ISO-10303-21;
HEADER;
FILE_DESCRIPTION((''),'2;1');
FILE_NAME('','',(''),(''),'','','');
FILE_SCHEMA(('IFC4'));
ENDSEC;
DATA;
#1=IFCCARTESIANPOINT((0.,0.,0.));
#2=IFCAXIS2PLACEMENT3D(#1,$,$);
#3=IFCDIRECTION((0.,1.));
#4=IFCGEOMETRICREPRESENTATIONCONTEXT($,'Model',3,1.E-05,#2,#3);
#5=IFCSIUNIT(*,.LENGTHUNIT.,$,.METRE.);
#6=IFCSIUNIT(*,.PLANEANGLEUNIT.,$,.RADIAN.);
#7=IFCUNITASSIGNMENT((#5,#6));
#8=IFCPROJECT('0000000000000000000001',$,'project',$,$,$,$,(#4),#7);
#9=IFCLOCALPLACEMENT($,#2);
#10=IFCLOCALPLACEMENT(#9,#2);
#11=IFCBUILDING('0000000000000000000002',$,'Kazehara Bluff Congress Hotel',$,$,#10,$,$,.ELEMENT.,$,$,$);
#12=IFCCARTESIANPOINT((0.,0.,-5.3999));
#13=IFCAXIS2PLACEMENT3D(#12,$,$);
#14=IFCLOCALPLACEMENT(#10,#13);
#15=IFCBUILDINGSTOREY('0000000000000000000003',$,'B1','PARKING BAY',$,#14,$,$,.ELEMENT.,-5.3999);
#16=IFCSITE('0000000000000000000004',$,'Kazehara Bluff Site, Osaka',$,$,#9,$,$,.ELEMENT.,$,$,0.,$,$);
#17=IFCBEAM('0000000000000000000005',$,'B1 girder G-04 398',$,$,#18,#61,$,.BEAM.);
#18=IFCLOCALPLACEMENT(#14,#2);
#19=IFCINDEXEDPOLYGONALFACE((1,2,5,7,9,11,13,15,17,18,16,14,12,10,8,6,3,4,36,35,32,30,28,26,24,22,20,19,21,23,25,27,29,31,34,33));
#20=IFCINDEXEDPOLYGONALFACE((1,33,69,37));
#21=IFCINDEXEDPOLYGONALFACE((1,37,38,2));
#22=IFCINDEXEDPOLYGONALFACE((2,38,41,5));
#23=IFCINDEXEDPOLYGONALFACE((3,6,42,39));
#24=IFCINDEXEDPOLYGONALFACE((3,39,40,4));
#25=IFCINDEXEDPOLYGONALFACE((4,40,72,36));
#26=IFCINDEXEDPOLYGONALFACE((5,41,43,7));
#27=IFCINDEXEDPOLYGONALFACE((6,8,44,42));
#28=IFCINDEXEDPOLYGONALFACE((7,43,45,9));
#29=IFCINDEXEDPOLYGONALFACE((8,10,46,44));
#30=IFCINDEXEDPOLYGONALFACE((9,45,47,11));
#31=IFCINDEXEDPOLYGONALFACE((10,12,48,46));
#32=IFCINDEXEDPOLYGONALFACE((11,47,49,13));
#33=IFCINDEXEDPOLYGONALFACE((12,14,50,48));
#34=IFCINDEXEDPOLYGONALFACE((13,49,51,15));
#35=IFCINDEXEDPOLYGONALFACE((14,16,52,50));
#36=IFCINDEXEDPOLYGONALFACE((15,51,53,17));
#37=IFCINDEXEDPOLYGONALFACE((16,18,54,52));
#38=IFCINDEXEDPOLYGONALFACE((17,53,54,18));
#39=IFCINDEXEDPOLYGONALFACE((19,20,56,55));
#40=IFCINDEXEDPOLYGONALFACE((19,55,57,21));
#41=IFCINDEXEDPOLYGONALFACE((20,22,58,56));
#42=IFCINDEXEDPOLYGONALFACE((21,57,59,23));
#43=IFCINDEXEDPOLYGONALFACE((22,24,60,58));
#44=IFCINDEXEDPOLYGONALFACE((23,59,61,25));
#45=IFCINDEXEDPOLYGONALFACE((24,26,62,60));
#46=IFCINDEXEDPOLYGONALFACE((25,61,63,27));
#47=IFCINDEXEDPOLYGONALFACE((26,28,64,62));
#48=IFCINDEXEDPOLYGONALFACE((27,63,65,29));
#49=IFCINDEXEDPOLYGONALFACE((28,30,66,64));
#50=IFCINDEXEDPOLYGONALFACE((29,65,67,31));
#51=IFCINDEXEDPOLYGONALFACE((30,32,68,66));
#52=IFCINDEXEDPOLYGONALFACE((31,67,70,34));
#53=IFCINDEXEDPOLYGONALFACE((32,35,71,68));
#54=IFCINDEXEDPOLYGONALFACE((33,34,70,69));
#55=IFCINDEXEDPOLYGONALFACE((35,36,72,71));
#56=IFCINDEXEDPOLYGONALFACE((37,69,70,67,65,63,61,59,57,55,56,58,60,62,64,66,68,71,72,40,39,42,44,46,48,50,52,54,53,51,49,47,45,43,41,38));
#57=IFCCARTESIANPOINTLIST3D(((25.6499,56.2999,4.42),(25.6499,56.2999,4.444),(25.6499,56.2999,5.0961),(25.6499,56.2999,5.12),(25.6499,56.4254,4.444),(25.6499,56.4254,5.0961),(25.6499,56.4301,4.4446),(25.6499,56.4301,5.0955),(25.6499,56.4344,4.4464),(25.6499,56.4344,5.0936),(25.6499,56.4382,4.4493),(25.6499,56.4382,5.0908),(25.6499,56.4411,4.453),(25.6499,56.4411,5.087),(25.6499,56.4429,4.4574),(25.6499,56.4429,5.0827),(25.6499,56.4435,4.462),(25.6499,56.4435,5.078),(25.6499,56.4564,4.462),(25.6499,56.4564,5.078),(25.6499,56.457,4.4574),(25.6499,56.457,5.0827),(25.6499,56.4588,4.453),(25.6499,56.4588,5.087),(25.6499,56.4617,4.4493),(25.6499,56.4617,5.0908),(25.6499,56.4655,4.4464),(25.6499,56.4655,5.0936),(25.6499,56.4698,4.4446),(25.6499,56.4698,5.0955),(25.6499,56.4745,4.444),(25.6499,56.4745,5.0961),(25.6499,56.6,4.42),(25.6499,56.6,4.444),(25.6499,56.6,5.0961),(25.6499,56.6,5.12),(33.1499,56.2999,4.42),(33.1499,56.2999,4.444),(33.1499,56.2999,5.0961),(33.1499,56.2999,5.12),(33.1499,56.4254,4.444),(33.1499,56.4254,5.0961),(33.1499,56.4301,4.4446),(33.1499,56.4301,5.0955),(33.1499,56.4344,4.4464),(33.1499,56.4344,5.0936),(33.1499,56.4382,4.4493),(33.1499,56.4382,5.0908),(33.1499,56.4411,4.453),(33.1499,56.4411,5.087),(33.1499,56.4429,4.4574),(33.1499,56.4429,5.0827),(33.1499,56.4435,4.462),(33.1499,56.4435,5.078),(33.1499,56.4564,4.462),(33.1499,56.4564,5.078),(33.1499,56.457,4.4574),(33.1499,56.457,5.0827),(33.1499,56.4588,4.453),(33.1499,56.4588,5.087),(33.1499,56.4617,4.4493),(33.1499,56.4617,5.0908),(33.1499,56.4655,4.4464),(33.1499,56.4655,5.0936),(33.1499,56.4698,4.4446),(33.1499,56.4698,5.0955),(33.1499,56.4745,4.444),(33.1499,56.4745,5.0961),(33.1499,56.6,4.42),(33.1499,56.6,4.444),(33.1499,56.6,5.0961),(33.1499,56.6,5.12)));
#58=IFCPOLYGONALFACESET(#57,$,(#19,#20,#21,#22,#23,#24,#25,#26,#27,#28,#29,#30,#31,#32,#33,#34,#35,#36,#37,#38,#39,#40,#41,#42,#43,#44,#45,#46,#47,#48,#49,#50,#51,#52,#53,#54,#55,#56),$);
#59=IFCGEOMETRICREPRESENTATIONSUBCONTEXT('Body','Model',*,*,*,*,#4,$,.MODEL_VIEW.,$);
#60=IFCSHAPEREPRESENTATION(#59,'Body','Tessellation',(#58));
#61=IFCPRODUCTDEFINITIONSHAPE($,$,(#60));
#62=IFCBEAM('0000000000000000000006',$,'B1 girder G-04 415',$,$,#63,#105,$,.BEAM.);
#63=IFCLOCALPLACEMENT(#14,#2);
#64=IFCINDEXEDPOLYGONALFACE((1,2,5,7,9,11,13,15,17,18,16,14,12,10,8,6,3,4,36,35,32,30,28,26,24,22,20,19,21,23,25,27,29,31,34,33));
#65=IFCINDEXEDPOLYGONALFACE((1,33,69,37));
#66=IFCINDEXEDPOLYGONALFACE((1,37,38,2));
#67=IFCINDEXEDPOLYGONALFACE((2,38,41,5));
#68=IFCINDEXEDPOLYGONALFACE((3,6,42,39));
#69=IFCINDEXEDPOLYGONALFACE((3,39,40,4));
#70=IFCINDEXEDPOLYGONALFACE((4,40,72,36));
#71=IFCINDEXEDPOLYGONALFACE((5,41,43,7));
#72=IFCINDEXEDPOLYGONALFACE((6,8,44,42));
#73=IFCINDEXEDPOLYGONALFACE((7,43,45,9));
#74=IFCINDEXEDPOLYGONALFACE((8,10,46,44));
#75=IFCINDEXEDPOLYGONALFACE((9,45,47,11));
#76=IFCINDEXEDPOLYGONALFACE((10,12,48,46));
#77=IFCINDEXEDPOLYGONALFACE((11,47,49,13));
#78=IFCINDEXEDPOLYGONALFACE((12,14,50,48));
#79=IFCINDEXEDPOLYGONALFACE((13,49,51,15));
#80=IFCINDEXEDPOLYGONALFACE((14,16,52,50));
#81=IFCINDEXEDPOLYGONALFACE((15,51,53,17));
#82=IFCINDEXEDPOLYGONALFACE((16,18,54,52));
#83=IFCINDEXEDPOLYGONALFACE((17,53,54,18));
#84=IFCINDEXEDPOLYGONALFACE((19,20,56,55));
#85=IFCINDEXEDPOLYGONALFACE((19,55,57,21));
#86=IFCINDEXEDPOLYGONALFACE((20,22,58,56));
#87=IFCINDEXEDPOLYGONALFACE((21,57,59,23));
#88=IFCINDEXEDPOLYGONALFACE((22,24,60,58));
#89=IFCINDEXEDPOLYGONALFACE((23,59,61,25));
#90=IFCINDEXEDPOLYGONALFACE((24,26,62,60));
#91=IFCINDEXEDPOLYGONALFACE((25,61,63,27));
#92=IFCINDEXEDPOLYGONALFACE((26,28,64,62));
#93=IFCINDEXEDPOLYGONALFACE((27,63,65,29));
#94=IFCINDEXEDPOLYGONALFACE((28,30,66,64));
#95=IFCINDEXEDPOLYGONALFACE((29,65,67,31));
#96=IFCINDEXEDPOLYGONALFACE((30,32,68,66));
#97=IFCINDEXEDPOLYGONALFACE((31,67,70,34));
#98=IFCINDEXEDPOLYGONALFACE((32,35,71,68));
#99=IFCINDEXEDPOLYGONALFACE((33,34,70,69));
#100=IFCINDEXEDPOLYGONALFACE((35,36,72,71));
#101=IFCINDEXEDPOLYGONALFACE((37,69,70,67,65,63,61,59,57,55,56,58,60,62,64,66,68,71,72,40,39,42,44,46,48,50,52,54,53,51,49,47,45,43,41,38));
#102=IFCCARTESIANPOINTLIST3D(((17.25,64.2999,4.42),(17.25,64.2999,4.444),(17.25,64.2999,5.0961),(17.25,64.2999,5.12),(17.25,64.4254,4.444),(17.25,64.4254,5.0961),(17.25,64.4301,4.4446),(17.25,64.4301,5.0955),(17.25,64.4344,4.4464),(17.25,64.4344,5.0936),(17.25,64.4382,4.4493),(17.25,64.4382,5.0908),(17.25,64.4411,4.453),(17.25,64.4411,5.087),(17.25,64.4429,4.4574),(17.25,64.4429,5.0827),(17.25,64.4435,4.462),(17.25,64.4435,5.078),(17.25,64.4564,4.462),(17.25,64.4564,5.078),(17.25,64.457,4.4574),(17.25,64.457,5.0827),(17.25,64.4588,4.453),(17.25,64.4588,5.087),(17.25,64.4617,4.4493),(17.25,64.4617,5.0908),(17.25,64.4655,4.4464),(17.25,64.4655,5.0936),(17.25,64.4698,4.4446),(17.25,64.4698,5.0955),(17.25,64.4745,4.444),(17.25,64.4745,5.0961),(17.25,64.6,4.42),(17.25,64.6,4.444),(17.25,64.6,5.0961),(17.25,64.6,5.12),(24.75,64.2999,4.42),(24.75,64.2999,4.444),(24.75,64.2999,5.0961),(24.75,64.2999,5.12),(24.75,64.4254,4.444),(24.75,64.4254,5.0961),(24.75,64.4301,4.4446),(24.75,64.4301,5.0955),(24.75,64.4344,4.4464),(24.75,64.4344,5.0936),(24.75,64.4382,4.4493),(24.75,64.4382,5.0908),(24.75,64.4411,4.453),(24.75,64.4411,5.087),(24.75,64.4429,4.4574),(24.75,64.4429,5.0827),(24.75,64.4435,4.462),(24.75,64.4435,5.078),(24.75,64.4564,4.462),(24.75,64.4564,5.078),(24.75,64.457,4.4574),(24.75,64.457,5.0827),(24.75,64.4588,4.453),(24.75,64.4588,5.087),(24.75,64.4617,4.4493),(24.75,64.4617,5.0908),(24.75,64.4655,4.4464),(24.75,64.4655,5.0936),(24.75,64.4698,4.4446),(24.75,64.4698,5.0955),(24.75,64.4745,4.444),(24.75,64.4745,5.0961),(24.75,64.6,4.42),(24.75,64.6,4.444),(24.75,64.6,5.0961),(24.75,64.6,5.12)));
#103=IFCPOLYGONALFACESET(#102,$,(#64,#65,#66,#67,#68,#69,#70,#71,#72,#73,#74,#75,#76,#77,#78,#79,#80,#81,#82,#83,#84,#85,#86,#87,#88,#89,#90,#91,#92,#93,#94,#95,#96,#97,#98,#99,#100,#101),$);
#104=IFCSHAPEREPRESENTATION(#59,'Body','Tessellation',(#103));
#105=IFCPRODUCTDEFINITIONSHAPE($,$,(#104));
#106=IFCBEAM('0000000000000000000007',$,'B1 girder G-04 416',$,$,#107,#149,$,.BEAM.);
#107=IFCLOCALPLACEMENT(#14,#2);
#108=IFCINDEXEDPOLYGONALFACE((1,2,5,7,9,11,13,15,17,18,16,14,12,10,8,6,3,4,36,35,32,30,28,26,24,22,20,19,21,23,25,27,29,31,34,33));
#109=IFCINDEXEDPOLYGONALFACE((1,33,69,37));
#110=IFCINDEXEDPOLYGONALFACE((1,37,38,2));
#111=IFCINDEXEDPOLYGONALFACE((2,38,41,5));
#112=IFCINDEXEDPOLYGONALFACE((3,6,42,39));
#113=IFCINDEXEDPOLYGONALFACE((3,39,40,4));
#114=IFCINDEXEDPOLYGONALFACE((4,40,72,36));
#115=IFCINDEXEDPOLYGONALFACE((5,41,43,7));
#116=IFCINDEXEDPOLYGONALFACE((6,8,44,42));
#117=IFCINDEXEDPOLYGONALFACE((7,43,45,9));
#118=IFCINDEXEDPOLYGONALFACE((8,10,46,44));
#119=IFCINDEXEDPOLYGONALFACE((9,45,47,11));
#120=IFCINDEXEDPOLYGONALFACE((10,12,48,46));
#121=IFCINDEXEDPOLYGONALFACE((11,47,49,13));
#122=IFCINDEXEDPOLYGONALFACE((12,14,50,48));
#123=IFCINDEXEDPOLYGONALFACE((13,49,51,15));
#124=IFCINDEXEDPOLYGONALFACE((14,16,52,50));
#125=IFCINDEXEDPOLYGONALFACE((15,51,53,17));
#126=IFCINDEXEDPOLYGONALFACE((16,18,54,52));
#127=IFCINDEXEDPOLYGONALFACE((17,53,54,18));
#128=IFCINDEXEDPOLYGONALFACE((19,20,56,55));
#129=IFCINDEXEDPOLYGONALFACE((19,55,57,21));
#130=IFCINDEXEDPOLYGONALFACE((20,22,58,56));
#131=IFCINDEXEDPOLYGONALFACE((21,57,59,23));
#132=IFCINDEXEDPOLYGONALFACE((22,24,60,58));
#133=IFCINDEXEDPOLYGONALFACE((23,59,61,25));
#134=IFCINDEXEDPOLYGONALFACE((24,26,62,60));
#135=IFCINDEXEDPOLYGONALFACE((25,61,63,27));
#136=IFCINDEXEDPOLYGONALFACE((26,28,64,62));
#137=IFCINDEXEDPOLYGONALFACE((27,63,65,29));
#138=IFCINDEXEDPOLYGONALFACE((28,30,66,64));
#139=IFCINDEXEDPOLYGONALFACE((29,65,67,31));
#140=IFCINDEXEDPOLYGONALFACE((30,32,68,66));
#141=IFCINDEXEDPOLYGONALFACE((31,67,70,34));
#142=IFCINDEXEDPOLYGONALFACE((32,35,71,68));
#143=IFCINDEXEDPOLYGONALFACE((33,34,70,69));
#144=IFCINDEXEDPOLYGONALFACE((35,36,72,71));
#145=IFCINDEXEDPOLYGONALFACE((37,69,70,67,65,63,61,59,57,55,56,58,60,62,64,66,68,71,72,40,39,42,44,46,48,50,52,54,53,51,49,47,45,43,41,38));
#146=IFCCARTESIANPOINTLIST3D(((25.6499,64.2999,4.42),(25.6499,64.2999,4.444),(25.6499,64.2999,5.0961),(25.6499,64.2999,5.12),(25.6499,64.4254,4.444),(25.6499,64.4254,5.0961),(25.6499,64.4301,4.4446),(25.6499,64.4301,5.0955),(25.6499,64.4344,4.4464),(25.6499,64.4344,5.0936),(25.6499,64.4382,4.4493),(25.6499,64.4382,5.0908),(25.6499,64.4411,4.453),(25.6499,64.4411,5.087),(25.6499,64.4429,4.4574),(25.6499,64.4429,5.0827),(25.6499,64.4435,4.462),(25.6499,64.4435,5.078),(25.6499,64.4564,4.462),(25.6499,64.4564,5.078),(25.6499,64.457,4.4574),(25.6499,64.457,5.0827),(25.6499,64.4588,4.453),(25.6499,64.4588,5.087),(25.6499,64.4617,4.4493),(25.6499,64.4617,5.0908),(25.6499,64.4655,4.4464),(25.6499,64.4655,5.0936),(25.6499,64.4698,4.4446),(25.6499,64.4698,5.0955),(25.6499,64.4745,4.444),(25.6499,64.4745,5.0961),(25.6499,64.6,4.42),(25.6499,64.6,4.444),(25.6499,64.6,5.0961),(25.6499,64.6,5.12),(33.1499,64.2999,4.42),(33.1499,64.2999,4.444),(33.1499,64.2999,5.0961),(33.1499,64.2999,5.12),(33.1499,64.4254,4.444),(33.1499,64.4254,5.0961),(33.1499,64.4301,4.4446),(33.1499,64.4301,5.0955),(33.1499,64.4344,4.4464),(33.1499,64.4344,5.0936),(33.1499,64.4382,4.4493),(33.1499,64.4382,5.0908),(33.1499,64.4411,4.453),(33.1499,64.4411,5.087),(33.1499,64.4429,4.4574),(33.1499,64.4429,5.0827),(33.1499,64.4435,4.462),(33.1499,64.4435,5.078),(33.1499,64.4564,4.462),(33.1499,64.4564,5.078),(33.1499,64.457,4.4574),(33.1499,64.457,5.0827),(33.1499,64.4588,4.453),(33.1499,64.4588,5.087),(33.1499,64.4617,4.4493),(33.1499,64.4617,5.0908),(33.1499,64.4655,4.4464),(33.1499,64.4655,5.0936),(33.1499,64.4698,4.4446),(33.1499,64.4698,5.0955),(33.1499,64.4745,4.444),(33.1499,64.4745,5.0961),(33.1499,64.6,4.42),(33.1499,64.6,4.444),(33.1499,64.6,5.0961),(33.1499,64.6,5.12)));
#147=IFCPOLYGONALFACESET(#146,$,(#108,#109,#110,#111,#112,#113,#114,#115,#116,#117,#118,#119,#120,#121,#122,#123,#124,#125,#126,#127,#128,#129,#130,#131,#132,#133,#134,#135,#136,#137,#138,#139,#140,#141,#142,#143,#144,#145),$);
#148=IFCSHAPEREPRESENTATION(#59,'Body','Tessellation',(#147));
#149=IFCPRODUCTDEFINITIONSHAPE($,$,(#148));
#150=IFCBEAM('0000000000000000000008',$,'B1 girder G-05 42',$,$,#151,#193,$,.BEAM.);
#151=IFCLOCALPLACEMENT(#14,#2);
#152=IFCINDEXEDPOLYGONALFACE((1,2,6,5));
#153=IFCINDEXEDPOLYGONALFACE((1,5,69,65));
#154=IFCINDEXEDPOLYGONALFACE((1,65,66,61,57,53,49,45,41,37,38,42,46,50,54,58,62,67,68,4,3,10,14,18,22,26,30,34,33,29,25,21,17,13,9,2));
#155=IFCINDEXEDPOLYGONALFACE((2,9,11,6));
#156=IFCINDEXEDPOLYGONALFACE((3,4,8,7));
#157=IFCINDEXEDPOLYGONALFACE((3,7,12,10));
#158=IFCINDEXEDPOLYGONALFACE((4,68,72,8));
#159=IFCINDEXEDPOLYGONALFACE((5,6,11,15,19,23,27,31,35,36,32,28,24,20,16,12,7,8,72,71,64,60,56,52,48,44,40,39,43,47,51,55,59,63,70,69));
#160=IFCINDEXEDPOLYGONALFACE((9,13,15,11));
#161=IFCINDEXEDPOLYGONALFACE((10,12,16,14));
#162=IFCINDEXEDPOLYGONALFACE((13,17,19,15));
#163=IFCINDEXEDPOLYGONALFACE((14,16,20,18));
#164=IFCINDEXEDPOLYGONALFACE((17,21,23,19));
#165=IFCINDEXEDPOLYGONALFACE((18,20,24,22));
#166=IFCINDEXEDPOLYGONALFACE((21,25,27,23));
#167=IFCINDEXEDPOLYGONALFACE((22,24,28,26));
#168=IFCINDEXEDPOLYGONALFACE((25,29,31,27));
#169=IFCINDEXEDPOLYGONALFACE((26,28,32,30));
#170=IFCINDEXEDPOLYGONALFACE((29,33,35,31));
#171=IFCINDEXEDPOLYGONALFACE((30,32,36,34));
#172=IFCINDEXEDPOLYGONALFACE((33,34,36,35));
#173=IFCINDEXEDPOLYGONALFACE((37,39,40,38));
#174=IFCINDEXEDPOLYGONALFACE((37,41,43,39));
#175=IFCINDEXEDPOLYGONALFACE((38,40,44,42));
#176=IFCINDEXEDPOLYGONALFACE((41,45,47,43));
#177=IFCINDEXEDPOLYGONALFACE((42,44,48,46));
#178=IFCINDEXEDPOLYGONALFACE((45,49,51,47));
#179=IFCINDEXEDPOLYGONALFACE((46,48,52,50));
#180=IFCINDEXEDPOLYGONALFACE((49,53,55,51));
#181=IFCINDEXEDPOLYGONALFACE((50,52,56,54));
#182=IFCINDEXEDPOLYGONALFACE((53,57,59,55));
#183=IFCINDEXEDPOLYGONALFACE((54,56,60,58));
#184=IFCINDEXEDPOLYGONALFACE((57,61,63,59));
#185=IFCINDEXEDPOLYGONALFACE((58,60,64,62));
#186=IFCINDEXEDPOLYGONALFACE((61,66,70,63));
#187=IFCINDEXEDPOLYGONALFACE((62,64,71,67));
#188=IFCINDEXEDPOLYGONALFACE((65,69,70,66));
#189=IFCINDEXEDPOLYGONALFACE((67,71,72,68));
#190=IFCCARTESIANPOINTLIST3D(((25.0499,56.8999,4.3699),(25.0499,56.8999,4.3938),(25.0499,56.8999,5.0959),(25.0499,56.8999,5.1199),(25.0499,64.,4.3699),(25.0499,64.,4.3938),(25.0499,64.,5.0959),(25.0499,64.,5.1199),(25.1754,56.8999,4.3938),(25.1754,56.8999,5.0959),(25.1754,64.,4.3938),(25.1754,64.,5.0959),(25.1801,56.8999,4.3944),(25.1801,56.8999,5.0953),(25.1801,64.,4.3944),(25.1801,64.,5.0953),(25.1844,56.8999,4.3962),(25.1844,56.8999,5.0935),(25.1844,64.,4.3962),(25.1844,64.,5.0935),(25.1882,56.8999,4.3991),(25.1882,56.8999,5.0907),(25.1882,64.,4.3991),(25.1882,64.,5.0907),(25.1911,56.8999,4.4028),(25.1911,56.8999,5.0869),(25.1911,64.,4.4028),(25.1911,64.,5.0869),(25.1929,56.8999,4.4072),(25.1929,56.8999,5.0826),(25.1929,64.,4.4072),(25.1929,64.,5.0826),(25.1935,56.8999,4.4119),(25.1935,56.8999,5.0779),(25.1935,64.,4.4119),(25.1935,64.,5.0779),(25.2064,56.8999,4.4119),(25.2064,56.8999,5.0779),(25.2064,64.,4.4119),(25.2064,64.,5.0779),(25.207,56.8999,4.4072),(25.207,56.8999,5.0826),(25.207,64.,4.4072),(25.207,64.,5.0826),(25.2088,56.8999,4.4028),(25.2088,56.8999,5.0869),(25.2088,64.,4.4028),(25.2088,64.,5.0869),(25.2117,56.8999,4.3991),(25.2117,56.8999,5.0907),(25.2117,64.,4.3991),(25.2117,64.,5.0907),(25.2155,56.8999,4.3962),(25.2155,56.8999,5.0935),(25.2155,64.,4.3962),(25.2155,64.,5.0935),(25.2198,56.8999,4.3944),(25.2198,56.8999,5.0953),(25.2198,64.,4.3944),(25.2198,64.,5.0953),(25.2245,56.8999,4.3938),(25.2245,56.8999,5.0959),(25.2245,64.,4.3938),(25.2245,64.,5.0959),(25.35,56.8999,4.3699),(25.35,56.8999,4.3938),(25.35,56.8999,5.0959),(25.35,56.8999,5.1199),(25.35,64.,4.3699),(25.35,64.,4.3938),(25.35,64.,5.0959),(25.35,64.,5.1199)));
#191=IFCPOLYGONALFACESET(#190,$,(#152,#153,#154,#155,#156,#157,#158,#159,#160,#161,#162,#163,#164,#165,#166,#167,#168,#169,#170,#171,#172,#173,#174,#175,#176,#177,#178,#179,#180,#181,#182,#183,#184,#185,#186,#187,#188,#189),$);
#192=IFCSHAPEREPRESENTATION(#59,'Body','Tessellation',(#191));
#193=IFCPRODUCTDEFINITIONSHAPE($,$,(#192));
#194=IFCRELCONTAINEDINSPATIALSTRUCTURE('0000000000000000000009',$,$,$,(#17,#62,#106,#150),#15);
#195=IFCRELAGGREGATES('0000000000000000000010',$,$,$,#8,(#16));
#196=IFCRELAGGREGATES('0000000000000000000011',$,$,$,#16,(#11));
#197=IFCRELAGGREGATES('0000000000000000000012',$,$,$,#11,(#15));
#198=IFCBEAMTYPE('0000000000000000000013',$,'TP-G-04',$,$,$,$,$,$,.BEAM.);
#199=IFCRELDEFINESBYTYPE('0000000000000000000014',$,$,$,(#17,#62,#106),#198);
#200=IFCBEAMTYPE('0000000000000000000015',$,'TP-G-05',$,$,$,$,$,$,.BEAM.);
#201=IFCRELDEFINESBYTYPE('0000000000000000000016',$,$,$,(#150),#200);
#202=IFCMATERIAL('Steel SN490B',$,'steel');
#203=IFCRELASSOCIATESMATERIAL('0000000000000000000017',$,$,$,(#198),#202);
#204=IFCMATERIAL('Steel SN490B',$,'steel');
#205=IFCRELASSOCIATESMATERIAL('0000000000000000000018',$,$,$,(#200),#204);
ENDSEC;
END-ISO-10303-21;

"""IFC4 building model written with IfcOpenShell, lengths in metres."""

from ifc_helpers import new_model, si_unit, direction, frame, origin, origin_2d, place, context, subcontext, project, spatial, i_section, extrude, material, material_profile, profile_set, type_object, element, save


model = new_model("IFC4")

# Units and contexts
model_context = context("Model", 3, precision=1e-05, world=origin(), true_north=direction((0.0, 1.0)))
body_context = subcontext(model_context, "Body", "Model", "MODEL_VIEW")
ifc_project = project(units=[si_unit("LENGTHUNIT", "METRE"), si_unit("PLANEANGLEUNIT", "RADIAN")], contexts=[model_context])

# Site, building, storey
site_placement = place(None, origin())
site = spatial("IfcSite", under=ifc_project, at=site_placement, Name="Kazehara Bluff Site, Osaka", CompositionType="ELEMENT", RefElevation=0.0)
building_placement = place(site_placement, origin())
building = spatial("IfcBuilding", under=site, at=building_placement, Name="Kazehara Bluff Congress Hotel", CompositionType="ELEMENT")
storey_placement = place(building_placement, frame((0.0, 0.0, -5.3999)))
storey = spatial("IfcBuildingStorey", under=building, at=storey_placement, Name="B1", Description="PARKING BAY", CompositionType="ELEMENT", Elevation=-5.3999)

# Beams
ifc_material_1 = material(Name="Steel SN490B", Category="steel")
ifc_material_profile_1 = material_profile(ifc_material_1, i_section(OverallWidth=0.3, OverallDepth=0.7, WebThickness=0.0129, FlangeThickness=0.0239, FilletRadius=0.0181, at=origin_2d()))
ifc_profile_set_1 = profile_set([ifc_material_profile_1], Name="Steel SN490B")
beam_type_1 = type_object("IfcBeamType", Name="TP-G-04", PredefinedType="BEAM", material=ifc_profile_set_1)
for number, where, z_axis, x_axis, name in (
    (1, (25.6499, 56.45, 4.77), (1.0, 0.0, 0.0), (0.0, 1.0, 0.0), "B1 girder G-04 398"),
    (2, (17.25, 64.45, 4.77), (1.0, 0.0, 0.0), (0.0, 1.0, 0.0), "B1 girder G-04 415"),
    (3, (25.6499, 64.45, 4.77), (1.0, 0.0, 0.0), (0.0, 1.0, 0.0), "B1 girder G-04 416"),
):
    element("IfcBeam", number, at=place(storey_placement, frame(where, z_axis=z_axis, x_axis=x_axis)), inside=storey, type_object=beam_type_1, Name=name, PredefinedType="BEAM", context=body_context, shape_type="SweptSolid", body=[
        extrude(i_section(OverallWidth=0.3, OverallDepth=0.7, WebThickness=0.0129, FlangeThickness=0.0239, FilletRadius=0.0181, at=origin_2d()), origin(), (0.0, 0.0, 1.0), 7.5),
    ])
ifc_material_2 = material(Name="Steel SN490B", Category="steel")
ifc_material_profile_2 = material_profile(ifc_material_2, i_section(OverallWidth=0.3, OverallDepth=0.75, WebThickness=0.0129, FlangeThickness=0.0239, FilletRadius=0.0181, at=origin_2d()))
ifc_profile_set_2 = profile_set([ifc_material_profile_2], Name="Steel SN490B")
beam_type_2 = type_object("IfcBeamType", Name="TP-G-05", PredefinedType="BEAM", material=ifc_profile_set_2)
beam_1_placement = place(storey_placement, frame((25.2, 56.8999, 4.7449), z_axis=(0.0, 1.0, 0.0), x_axis=(-1.0, 0.0, 0.0)))
element("IfcBeam", 4, at=beam_1_placement, inside=storey, type_object=beam_type_2, Name="B1 girder G-05 42", PredefinedType="BEAM", context=body_context, shape_type="SweptSolid", body=[
    extrude(i_section(OverallWidth=0.3, OverallDepth=0.75, WebThickness=0.0129, FlangeThickness=0.0239, FilletRadius=0.0181, at=origin_2d()), origin(), (0.0, 0.0, 1.0), 7.1001),
])

save(model, "model.ifc")
